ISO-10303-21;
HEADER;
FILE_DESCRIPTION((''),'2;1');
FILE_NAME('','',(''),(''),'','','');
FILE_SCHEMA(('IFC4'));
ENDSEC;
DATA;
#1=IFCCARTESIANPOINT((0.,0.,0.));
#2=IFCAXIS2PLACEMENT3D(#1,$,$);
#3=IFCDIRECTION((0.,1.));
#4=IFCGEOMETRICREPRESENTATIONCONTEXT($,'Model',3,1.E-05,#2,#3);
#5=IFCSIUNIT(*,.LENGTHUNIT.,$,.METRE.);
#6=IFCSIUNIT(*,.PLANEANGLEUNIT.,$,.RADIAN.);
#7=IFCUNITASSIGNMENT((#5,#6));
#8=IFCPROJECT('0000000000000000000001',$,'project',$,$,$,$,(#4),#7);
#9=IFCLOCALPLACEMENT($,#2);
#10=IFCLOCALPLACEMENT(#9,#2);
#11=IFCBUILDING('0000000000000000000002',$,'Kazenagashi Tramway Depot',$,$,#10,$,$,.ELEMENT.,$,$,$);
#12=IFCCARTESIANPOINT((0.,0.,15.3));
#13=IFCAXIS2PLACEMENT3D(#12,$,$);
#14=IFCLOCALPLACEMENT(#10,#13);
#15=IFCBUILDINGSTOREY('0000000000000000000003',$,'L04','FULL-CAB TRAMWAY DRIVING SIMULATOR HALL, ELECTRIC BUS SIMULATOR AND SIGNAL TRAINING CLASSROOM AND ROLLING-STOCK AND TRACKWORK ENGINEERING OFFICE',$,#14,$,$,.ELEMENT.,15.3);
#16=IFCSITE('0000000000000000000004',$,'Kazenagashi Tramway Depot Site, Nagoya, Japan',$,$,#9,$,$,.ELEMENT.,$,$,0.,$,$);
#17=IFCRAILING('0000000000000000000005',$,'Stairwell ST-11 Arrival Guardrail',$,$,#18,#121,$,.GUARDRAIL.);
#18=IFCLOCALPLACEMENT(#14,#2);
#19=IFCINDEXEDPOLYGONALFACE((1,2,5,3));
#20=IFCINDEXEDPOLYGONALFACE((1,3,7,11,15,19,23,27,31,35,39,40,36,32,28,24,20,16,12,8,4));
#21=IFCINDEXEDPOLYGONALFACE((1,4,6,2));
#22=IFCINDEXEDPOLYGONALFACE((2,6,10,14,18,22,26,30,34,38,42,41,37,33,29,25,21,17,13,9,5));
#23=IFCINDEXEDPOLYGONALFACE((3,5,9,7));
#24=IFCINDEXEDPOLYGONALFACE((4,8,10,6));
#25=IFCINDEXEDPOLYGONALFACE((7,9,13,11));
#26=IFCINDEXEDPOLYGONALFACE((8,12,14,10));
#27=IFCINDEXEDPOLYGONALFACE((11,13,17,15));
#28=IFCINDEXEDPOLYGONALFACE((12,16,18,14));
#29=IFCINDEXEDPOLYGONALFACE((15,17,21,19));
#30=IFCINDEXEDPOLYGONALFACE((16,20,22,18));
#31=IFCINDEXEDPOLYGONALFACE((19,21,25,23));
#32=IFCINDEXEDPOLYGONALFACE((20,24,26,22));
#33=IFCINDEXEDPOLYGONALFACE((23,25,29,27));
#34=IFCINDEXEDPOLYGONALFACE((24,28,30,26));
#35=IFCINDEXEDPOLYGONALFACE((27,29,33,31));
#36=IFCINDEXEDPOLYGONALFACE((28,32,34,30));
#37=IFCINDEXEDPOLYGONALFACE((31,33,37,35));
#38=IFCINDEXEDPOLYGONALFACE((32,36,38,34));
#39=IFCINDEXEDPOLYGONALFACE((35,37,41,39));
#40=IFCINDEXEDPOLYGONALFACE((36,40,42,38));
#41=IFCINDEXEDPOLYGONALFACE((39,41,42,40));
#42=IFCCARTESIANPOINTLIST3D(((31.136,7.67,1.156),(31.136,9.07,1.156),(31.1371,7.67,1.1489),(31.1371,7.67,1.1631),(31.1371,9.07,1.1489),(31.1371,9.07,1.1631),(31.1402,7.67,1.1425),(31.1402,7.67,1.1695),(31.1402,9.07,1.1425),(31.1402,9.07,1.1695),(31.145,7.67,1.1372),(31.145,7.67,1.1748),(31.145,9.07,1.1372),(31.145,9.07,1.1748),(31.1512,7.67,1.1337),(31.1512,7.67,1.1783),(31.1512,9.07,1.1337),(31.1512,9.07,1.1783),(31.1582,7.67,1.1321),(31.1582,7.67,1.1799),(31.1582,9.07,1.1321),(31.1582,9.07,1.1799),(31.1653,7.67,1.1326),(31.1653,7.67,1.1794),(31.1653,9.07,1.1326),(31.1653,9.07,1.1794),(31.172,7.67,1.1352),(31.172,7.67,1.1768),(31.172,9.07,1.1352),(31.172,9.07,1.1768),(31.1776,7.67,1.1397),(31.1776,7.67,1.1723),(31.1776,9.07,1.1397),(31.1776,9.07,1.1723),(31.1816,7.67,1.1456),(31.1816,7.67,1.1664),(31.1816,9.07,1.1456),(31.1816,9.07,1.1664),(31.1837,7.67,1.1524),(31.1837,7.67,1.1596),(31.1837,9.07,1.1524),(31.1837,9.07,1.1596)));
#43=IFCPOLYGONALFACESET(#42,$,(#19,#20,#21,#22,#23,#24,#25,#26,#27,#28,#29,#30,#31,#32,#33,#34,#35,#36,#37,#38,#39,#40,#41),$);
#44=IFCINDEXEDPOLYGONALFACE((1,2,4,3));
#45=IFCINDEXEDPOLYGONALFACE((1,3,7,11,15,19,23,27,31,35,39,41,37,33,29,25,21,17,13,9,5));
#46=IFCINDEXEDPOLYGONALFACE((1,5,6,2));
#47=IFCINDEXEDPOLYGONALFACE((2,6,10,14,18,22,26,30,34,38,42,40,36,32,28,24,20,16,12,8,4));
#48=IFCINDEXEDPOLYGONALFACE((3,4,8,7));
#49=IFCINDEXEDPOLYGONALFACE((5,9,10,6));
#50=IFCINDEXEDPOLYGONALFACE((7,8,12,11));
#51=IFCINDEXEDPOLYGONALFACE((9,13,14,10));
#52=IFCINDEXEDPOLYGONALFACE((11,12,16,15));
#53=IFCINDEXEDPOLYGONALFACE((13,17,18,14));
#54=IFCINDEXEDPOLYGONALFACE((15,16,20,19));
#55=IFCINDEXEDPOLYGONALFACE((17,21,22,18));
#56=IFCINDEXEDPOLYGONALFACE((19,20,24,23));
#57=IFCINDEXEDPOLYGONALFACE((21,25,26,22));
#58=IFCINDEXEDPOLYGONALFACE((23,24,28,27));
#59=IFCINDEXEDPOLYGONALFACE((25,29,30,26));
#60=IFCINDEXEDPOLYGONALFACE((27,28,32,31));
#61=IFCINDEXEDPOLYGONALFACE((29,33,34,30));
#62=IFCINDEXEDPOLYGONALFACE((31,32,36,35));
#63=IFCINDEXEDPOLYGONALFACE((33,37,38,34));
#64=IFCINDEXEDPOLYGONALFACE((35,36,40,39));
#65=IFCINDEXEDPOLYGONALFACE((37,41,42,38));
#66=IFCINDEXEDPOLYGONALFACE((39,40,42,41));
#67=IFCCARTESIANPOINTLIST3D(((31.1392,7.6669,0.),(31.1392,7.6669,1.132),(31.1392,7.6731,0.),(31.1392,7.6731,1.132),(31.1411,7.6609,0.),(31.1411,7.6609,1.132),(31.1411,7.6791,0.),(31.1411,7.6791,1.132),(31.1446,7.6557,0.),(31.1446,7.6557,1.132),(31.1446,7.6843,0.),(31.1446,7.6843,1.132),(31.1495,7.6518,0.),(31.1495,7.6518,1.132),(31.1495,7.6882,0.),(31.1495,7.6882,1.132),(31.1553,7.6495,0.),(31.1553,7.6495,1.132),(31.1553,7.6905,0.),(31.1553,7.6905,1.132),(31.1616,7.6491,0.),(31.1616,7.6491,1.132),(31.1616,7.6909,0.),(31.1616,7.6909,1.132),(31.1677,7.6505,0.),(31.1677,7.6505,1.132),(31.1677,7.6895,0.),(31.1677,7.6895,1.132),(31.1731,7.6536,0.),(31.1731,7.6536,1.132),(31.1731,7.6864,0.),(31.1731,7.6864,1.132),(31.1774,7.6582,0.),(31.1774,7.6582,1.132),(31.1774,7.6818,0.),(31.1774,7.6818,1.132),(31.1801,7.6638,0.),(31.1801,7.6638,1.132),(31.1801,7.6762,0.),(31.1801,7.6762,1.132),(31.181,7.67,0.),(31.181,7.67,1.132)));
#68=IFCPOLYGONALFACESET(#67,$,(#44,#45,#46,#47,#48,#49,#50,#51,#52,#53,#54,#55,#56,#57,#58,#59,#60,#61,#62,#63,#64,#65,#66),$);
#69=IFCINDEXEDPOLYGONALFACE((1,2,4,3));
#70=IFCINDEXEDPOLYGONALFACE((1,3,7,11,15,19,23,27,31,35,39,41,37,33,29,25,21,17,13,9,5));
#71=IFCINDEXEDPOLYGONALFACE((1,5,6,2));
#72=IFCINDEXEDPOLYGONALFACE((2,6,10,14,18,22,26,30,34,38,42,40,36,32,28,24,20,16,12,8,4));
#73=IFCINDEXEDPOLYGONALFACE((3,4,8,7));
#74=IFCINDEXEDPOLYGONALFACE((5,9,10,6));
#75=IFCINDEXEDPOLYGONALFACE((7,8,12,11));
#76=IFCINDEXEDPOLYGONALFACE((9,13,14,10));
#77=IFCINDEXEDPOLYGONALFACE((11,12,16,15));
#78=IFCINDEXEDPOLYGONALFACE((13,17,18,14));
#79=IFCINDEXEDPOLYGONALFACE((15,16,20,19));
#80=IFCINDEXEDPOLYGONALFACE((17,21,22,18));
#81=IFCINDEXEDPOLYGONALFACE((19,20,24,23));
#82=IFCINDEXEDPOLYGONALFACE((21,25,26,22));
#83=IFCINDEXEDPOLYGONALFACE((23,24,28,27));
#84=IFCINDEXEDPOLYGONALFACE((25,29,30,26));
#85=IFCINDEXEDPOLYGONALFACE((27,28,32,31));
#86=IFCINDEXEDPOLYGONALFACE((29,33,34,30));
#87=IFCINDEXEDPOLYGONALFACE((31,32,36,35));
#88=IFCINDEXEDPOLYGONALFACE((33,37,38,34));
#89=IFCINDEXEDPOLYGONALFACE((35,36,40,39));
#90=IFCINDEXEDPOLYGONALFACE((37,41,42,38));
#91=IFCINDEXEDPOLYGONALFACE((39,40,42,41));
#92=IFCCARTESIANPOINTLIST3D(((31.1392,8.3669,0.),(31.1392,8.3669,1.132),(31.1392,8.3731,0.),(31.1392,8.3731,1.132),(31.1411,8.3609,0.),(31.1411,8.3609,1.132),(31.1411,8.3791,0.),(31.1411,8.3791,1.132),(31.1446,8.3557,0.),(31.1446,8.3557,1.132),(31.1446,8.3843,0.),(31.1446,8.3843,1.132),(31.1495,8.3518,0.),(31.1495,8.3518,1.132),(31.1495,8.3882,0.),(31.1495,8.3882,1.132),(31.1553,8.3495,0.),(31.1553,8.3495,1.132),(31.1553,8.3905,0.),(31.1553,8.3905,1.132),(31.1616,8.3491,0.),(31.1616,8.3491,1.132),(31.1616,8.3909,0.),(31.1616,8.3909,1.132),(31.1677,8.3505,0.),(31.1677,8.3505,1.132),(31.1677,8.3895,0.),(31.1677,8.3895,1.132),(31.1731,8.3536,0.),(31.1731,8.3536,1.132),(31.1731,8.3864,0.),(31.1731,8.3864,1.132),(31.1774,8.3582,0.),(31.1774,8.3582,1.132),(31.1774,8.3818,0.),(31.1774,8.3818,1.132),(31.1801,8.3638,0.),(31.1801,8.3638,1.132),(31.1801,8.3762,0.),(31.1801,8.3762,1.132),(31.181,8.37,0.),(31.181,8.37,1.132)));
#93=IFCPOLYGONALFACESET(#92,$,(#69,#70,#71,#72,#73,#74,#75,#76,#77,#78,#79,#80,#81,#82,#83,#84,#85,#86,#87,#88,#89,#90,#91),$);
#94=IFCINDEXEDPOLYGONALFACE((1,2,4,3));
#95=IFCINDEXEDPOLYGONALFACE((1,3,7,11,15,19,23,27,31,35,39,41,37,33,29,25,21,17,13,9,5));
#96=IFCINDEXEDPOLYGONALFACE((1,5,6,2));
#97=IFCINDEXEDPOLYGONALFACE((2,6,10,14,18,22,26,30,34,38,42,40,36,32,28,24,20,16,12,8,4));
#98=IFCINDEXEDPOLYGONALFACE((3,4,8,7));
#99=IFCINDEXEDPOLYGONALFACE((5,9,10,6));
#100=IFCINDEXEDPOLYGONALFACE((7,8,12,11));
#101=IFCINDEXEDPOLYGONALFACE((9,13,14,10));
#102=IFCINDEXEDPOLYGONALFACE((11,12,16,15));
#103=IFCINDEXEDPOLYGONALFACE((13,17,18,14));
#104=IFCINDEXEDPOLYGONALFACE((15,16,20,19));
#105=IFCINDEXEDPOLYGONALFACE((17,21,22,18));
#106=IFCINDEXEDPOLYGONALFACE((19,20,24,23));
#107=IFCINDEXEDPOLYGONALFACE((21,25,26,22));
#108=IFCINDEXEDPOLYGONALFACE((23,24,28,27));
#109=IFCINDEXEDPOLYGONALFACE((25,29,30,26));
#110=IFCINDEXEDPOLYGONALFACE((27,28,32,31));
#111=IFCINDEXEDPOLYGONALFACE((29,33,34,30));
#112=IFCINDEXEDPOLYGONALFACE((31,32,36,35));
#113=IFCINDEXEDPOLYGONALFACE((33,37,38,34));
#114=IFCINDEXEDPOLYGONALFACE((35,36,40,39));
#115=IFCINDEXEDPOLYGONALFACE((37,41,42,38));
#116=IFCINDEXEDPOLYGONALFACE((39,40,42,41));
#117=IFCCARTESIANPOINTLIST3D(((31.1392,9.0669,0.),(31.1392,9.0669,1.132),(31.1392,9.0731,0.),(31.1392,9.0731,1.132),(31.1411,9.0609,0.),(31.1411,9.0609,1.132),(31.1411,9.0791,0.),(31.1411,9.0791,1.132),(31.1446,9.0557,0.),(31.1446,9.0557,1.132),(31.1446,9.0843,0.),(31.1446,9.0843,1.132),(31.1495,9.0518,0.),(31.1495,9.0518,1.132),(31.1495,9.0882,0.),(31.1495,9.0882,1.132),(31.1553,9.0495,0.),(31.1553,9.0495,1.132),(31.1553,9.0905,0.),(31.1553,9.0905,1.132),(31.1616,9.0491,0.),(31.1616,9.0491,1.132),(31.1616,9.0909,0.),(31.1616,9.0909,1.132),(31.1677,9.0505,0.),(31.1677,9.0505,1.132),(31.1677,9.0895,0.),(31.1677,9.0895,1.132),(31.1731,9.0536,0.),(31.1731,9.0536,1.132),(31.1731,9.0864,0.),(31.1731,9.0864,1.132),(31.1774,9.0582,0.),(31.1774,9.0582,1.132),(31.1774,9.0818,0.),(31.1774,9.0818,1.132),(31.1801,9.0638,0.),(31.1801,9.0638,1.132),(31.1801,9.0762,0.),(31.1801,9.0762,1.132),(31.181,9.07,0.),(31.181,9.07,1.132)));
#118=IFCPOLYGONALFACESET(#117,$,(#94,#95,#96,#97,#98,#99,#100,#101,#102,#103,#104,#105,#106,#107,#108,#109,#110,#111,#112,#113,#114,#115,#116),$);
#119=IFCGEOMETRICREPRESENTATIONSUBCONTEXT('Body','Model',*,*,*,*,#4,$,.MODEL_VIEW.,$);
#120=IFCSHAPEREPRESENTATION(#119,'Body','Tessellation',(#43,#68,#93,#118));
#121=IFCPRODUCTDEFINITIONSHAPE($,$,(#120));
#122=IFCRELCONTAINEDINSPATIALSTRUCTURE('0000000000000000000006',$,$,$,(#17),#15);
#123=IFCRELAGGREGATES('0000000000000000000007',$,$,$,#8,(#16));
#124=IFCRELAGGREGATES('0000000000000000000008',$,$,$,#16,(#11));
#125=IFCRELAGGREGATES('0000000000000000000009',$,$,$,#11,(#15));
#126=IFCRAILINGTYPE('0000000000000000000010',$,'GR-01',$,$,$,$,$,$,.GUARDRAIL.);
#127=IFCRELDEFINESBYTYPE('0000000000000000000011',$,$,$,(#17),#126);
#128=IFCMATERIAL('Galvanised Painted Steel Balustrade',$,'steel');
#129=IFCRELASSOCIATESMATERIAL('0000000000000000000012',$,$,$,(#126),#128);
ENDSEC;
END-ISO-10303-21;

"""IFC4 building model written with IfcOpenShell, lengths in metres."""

from ifc_helpers import new_model, si_unit, direction, frame, origin, origin_2d, place, context, subcontext, project, spatial, circle, extrude, material, type_object, element, save


model = new_model("IFC4")

# Units and contexts
model_context = context("Model", 3, precision=1e-05, world=origin(), true_north=direction((0.0, 1.0)))
body_context = subcontext(model_context, "Body", "Model", "MODEL_VIEW")
ifc_project = project(units=[si_unit("LENGTHUNIT", "METRE"), si_unit("PLANEANGLEUNIT", "RADIAN")], contexts=[model_context])

# Site, building, storey
site_placement = place(None, origin())
site = spatial("IfcSite", under=ifc_project, at=site_placement, Name="Kazenagashi Tramway Depot Site, Nagoya, Japan", CompositionType="ELEMENT", RefElevation=0.0)
building_placement = place(site_placement, origin())
building = spatial("IfcBuilding", under=site, at=building_placement, Name="Kazenagashi Tramway Depot", CompositionType="ELEMENT")
storey_placement = place(building_placement, frame((0.0, 0.0, 15.3)))
storey = spatial("IfcBuildingStorey", under=building, at=storey_placement, Name="L04", Description="FULL-CAB TRAMWAY DRIVING SIMULATOR HALL, ELECTRIC BUS SIMULATOR AND SIGNAL TRAINING CLASSROOM AND ROLLING-STOCK AND TRACKWORK ENGINEERING OFFICE", CompositionType="ELEMENT", Elevation=15.3)

# Railing
ifc_material_1 = material(Name="Galvanised Painted Steel Balustrade", Category="steel")
railing_type = type_object("IfcRailingType", Name="GR-01", PredefinedType="GUARDRAIL", material=ifc_material_1)
railing_placement = place(storey_placement, frame((31.16, 7.67, 0.0)))
element("IfcRailing", 1, at=railing_placement, inside=storey, type_object=railing_type, Name="Stairwell ST-11 Arrival Guardrail", PredefinedType="GUARDRAIL", context=body_context, shape_type="SweptSolid", body=[
    extrude(circle(Radius=0.024, at=origin_2d()), frame((0.0, 0.0, 1.156), z_axis=(0.0, 1.0, 0.0), x_axis=(-1.0, 0.0, 0.0)), (0.0, 0.0, 1.0), 1.4),
    extrude(circle(Radius=0.021, at=origin_2d()), origin(), (0.0, 0.0, 1.0), 1.132),
    extrude(circle(Radius=0.021, at=origin_2d()), frame((0.0, 0.7, 0.0)), (0.0, 0.0, 1.0), 1.132),
    extrude(circle(Radius=0.021, at=origin_2d()), frame((0.0, 1.4, 0.0)), (0.0, 0.0, 1.0), 1.132),
])

save(model, "model.ifc")
